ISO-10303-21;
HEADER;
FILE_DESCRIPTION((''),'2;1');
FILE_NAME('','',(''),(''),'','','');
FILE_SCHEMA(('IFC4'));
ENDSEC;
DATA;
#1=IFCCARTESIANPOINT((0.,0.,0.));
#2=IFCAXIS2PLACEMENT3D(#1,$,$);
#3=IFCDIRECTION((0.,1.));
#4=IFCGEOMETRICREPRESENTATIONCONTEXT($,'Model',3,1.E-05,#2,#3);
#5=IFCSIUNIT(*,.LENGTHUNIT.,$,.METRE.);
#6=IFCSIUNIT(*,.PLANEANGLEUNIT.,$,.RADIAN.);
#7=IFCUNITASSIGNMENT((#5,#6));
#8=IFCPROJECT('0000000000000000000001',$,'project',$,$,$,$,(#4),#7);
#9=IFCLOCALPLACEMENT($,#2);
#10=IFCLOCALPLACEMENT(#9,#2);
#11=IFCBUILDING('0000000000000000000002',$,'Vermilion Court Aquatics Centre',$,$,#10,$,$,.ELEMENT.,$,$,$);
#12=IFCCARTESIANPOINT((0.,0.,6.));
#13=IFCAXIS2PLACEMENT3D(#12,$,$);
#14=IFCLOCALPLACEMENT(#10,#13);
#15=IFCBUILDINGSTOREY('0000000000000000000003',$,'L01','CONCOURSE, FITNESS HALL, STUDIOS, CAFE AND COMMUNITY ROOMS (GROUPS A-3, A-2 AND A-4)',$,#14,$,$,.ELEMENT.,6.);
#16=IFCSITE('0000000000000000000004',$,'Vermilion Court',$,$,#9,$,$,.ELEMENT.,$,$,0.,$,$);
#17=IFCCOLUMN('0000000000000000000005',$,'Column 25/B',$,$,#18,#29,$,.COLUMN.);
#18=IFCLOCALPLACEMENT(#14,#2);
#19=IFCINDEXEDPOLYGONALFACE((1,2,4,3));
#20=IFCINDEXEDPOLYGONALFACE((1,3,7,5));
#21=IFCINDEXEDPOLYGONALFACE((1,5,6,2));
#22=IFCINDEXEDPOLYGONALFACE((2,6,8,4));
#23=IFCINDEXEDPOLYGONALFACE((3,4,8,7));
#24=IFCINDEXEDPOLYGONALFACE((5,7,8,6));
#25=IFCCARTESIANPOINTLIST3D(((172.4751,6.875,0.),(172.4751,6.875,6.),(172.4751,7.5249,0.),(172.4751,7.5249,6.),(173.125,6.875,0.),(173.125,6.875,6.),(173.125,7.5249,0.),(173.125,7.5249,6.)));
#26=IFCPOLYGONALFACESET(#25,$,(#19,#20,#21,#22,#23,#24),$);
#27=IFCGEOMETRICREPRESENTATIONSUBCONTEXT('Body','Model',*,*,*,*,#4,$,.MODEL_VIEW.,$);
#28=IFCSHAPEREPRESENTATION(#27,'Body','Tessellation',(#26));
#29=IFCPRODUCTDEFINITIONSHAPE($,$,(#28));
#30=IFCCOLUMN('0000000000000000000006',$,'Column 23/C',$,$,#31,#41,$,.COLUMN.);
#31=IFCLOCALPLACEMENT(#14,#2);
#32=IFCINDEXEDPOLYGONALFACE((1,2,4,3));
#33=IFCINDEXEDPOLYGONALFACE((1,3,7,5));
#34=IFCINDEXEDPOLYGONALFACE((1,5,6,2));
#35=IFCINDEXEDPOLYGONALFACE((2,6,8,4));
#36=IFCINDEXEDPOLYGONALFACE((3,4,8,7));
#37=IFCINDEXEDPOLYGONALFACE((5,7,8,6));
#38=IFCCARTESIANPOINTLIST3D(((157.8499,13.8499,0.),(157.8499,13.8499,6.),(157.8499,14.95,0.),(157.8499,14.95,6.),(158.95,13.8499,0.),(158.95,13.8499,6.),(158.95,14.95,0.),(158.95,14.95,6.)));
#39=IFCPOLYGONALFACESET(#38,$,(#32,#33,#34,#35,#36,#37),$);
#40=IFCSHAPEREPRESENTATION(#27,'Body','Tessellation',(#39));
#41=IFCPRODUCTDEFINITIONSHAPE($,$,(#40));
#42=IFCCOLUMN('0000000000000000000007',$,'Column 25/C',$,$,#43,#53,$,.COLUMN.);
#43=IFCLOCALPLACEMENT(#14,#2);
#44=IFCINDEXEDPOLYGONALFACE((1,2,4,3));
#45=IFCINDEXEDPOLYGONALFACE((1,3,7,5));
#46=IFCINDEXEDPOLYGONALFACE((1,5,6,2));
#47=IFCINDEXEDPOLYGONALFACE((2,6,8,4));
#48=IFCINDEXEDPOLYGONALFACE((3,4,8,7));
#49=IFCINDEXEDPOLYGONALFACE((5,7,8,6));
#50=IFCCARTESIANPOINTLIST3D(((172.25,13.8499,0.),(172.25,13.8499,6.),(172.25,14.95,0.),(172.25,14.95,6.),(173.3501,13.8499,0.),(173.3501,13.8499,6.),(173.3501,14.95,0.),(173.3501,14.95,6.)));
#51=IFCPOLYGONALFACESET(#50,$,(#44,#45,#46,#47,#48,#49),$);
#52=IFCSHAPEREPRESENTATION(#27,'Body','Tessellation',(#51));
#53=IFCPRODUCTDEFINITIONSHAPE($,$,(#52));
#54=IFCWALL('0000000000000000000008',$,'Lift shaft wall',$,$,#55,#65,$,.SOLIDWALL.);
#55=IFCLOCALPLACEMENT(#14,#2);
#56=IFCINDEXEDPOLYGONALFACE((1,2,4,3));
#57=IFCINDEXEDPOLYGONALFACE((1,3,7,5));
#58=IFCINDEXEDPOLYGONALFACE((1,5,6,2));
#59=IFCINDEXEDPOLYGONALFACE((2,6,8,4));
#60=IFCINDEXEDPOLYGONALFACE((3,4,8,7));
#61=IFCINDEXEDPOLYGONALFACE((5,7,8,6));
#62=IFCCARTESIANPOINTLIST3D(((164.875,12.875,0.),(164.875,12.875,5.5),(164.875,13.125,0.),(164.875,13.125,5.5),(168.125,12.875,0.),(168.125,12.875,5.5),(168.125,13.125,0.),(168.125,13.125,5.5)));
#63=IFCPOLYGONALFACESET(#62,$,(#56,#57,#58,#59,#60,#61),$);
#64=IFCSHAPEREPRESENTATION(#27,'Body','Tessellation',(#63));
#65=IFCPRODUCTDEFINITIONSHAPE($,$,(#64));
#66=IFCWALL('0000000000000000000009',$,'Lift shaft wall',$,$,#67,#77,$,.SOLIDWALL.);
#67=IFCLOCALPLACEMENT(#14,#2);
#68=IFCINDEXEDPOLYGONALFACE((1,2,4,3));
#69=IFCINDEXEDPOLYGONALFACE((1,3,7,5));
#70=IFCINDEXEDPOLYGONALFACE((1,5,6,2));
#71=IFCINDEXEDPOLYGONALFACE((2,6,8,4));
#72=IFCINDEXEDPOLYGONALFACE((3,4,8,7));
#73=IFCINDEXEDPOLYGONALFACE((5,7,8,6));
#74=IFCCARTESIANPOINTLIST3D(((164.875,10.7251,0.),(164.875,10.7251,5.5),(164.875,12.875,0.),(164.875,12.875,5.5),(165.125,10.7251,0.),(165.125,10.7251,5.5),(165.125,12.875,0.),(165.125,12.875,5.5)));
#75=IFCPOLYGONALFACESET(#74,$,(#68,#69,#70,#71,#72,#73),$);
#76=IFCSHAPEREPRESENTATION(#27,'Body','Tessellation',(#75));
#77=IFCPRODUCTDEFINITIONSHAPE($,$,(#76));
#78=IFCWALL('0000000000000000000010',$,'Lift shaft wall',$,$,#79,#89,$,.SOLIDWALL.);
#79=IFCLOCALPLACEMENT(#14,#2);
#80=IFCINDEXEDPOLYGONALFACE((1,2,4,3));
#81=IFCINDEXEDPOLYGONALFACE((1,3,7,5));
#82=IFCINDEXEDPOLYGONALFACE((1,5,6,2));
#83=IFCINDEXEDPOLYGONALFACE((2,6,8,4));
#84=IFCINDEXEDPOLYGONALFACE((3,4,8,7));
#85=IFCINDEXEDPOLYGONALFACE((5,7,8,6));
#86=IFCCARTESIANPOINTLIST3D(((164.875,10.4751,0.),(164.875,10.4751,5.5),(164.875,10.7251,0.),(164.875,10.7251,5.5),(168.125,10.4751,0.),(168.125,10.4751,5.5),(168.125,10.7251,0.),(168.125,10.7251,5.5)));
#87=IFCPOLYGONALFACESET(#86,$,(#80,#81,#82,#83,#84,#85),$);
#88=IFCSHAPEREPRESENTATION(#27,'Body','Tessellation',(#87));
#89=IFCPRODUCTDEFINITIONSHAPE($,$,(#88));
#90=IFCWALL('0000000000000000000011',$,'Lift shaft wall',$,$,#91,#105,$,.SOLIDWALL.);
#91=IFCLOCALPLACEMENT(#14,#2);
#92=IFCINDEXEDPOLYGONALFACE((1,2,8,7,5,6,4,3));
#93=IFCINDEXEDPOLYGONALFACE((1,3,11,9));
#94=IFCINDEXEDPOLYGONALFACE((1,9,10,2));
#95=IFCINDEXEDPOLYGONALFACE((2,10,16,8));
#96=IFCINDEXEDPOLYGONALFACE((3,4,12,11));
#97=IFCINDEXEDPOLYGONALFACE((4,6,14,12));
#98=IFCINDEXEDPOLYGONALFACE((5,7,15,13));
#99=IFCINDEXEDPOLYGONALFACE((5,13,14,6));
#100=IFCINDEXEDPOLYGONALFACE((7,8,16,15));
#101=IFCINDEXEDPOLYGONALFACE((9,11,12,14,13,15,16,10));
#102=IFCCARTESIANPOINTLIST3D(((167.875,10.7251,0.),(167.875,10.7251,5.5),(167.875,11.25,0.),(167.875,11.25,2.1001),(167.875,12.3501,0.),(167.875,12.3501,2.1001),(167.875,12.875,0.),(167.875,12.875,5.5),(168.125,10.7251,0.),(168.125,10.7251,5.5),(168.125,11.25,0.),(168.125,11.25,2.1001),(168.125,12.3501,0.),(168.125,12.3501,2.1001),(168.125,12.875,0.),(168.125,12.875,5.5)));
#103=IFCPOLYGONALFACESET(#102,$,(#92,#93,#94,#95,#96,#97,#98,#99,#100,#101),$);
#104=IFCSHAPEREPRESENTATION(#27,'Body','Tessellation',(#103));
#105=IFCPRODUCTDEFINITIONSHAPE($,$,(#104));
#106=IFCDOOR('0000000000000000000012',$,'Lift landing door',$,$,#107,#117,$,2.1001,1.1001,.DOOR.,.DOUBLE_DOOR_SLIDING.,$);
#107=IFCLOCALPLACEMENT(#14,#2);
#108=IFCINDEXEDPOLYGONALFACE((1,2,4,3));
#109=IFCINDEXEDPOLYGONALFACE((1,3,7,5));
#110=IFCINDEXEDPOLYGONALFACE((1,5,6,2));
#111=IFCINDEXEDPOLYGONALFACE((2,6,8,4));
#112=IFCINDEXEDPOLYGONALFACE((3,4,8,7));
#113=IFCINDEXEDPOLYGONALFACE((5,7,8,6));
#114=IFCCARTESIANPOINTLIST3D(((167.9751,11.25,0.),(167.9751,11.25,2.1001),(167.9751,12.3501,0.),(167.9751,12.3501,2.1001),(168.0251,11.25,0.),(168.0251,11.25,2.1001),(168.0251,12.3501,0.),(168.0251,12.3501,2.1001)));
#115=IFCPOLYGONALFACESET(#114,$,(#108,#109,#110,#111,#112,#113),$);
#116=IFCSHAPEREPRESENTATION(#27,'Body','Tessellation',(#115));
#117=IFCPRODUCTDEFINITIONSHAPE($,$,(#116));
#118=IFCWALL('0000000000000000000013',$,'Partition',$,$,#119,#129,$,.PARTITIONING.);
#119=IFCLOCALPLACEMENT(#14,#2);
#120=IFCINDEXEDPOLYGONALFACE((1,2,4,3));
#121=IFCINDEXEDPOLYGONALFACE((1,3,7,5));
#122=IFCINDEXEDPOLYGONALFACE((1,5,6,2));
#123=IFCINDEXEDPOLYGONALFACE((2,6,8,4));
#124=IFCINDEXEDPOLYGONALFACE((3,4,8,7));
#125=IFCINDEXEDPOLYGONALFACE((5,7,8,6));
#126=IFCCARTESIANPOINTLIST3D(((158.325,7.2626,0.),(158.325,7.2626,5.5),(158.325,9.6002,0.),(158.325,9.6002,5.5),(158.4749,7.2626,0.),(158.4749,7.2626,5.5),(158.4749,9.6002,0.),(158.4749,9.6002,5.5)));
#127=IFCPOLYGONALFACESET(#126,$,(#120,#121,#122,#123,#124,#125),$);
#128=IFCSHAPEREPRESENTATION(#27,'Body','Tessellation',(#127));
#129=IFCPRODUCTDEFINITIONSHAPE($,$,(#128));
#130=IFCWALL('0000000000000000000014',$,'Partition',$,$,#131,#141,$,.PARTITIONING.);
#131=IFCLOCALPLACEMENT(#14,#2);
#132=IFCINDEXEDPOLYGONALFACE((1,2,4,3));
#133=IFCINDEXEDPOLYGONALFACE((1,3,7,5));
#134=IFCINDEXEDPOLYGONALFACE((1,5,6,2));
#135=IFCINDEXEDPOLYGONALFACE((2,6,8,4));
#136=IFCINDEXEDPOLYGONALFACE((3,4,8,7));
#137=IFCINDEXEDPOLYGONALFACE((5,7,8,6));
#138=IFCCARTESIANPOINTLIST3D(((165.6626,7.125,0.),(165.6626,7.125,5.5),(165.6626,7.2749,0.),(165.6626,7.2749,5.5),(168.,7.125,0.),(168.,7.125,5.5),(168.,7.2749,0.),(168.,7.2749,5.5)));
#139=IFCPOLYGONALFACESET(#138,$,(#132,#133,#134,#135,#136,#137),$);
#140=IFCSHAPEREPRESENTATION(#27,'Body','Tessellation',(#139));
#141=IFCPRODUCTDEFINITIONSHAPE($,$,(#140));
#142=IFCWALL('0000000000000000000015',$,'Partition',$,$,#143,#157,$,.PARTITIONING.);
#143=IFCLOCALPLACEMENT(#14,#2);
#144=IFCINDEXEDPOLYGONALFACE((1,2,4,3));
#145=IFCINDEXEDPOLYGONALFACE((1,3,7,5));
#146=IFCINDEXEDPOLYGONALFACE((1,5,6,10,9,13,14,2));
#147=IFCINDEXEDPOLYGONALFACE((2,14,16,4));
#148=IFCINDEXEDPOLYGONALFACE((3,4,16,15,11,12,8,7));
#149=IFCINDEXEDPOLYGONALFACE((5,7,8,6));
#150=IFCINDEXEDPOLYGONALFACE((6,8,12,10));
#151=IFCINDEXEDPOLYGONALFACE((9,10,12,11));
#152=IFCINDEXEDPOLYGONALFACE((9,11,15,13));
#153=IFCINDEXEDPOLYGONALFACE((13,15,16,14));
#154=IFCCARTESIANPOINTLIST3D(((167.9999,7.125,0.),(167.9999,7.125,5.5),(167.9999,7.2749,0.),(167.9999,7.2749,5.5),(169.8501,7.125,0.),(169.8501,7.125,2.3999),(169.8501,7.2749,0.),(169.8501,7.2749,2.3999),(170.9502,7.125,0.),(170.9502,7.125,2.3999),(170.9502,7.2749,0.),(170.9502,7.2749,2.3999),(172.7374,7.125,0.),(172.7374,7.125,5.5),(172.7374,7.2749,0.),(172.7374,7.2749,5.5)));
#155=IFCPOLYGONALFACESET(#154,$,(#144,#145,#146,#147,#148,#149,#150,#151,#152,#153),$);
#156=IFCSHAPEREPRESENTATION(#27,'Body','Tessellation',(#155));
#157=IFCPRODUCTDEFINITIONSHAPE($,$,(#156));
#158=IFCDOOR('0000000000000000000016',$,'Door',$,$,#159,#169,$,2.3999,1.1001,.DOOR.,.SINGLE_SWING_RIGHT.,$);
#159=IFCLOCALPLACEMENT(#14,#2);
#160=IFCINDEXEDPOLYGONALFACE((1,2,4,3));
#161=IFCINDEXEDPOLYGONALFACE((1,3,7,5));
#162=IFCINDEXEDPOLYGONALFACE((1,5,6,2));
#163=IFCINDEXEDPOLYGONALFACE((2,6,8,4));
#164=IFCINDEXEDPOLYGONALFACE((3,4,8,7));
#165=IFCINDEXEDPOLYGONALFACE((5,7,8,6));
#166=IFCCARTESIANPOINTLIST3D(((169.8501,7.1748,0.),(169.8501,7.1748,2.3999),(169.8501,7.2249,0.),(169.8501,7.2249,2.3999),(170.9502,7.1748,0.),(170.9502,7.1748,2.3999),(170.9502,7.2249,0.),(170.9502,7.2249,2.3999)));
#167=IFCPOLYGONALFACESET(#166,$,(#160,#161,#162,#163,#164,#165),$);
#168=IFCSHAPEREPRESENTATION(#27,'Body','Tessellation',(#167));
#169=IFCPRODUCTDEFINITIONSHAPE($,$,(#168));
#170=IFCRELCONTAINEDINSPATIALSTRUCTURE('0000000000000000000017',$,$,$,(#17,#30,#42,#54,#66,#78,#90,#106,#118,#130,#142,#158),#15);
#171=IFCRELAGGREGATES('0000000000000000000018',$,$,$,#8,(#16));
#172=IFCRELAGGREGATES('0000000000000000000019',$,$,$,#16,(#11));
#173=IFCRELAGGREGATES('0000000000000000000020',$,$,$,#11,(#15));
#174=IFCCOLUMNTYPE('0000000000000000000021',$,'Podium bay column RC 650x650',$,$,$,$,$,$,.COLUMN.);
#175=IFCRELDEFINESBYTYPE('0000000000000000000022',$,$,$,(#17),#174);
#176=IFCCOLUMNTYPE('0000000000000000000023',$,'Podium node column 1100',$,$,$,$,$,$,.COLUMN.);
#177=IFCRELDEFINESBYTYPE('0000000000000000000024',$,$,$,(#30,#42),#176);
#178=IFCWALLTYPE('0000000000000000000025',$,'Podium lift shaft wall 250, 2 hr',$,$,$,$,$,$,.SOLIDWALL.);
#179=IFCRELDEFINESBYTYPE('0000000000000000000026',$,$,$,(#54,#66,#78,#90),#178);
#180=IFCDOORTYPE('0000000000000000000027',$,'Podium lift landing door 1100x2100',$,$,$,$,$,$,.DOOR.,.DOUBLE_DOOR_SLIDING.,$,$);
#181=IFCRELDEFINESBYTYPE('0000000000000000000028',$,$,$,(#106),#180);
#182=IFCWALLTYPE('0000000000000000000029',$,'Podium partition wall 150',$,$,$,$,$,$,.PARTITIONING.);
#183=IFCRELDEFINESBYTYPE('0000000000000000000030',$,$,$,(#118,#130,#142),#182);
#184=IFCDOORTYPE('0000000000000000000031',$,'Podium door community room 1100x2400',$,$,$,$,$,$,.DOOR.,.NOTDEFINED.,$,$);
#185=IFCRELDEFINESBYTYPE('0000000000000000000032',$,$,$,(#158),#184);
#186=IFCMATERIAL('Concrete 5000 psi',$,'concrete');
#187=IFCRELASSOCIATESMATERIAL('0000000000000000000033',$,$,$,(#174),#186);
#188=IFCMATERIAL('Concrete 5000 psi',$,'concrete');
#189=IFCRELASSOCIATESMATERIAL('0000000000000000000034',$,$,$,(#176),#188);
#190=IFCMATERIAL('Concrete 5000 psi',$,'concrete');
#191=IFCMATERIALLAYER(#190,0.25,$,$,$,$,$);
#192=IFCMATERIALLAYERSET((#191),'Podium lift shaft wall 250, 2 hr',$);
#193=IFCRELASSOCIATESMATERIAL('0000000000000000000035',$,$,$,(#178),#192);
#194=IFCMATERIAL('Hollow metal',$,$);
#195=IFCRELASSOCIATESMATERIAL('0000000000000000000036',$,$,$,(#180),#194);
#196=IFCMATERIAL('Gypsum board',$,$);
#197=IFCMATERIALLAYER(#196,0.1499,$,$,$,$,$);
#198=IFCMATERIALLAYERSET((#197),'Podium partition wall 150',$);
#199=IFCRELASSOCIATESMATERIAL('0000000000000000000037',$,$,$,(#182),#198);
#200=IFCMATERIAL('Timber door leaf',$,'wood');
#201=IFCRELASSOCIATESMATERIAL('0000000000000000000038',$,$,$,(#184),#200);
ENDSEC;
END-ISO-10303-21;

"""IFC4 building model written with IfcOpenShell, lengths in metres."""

from ifc_helpers import new_model, si_unit, direction, frame, frame_2d, origin, origin_2d, place, context, subcontext, project, spatial, rectangle, extrude, material, layer, layer_set, material_profile, profile_set, type_object, element, fill, save


model = new_model("IFC4")

# Units and contexts
model_context = context("Model", 3, precision=1e-05, world=origin(), true_north=direction((0.0, 1.0)))
body_context = subcontext(model_context, "Body", "Model", "MODEL_VIEW")
ifc_project = project(units=[si_unit("LENGTHUNIT", "METRE"), si_unit("PLANEANGLEUNIT", "RADIAN")], contexts=[model_context])

# Site, building, storey
site_placement = place(None, origin())
site = spatial("IfcSite", under=ifc_project, at=site_placement, Name="Vermilion Court", CompositionType="ELEMENT", RefElevation=0.0)
building_placement = place(site_placement, origin())
building = spatial("IfcBuilding", under=site, at=building_placement, Name="Vermilion Court Aquatics Centre", CompositionType="ELEMENT")
storey_placement = place(building_placement, frame((0.0, 0.0, 6.0)))
storey = spatial("IfcBuildingStorey", under=building, at=storey_placement, Name="L01", Description="CONCOURSE, FITNESS HALL, STUDIOS, CAFE AND COMMUNITY ROOMS (GROUPS A-3, A-2 AND A-4)", CompositionType="ELEMENT", Elevation=6.0)

# Columns
ifc_material_1 = material(Name="Concrete 5000 psi", Category="concrete")
ifc_material_profile_1 = material_profile(ifc_material_1, rectangle(XDim=0.6499, YDim=0.6499, at=origin_2d()), Name="RC 650x650")
ifc_profile_set_1 = profile_set([ifc_material_profile_1], Name="Concrete 5000 psi")
column_type_1 = type_object("IfcColumnType", Name="Podium bay column RC 650x650", PredefinedType="COLUMN", material=ifc_profile_set_1)
column_placement = place(storey_placement, frame((172.8, 7.2, 0.0), z_axis=(0.0, 0.0, 1.0), x_axis=(1.0, 0.0, 0.0)))
element("IfcColumn", 1, at=column_placement, inside=storey, type_object=column_type_1, Name="Column 25/B", PredefinedType="COLUMN", context=body_context, shape_type="SweptSolid", body=[
    extrude(rectangle(XDim=0.6499, YDim=0.6499, at=origin_2d()), origin(), (0.0, 0.0, 1.0), 6.0),
])
ifc_material_2 = material(Name="Concrete 5000 psi", Category="concrete")
ifc_material_profile_2 = material_profile(ifc_material_2, rectangle(XDim=1.1001, YDim=1.1001, at=origin_2d()), Name="RC 1100x1100")
ifc_profile_set_2 = profile_set([ifc_material_profile_2], Name="Concrete 5000 psi")
column_type_2 = type_object("IfcColumnType", Name="Podium node column 1100", PredefinedType="COLUMN", material=ifc_profile_set_2)
for number, where, z_axis, x_axis, name in (
    (2, (158.3999, 14.3999, 0.0), (0.0, 0.0, 1.0), (1.0, 0.0, 0.0), "Column 23/C"),
    (3, (172.8, 14.3999, 0.0), (0.0, 0.0, 1.0), (1.0, 0.0, 0.0), "Column 25/C"),
):
    element("IfcColumn", number, at=place(storey_placement, frame(where, z_axis=z_axis, x_axis=x_axis)), inside=storey, type_object=column_type_2, Name=name, PredefinedType="COLUMN", context=body_context, shape_type="SweptSolid", body=[
        extrude(rectangle(XDim=1.1001, YDim=1.1001, at=origin_2d()), origin(), (0.0, 0.0, 1.0), 6.0),
    ])

# Walls
ifc_material_3 = material(Name="Concrete 5000 psi", Category="concrete")
ifc_layer_1 = layer(ifc_material_3, 0.25)
ifc_layer_set_1 = layer_set([ifc_layer_1], Name="Podium lift shaft wall 250, 2 hr")
wall_type_1 = type_object("IfcWallType", Name="Podium lift shaft wall 250, 2 hr", PredefinedType="SOLIDWALL", material=ifc_layer_set_1)
wall_1_placement = place(storey_placement, frame((164.875, 13.0, 0.0), z_axis=(0.0, 0.0, 1.0), x_axis=(1.0, 0.0, 0.0)))
element("IfcWall", 4, at=wall_1_placement, inside=storey, type_object=wall_type_1, Name="Lift shaft wall", PredefinedType="SOLIDWALL", context=body_context, shape_type="SweptSolid", body=[
    extrude(rectangle(XDim=3.25, YDim=0.25, at=frame_2d((1.625, 0.0))), origin(), (0.0, 0.0, 1.0), 5.5),
])
wall_2_placement = place(storey_placement, frame((165.0, 10.7251, 0.0), z_axis=(0.0, 0.0, 1.0), x_axis=(0.0, 1.0, 0.0)))
element("IfcWall", 5, at=wall_2_placement, inside=storey, type_object=wall_type_1, Name="Lift shaft wall", PredefinedType="SOLIDWALL", context=body_context, shape_type="SweptSolid", body=[
    extrude(rectangle(XDim=2.1499, YDim=0.25, at=frame_2d((1.075, 0.0))), origin(), (0.0, 0.0, 1.0), 5.5),
])
wall_3_placement = place(storey_placement, frame((164.875, 10.6001, 0.0), z_axis=(0.0, 0.0, 1.0), x_axis=(1.0, 0.0, 0.0)))
element("IfcWall", 6, at=wall_3_placement, inside=storey, type_object=wall_type_1, Name="Lift shaft wall", PredefinedType="SOLIDWALL", context=body_context, shape_type="SweptSolid", body=[
    extrude(rectangle(XDim=3.25, YDim=0.25, at=frame_2d((1.625, 0.0))), origin(), (0.0, 0.0, 1.0), 5.5),
])

# Wall, opening, door
wall_4_placement = place(storey_placement, frame((168.0, 10.7251, 0.0), z_axis=(0.0, 0.0, 1.0), x_axis=(0.0, 1.0, 0.0)))
wall_4 = element("IfcWall", 7, at=wall_4_placement, inside=storey, type_object=wall_type_1, Name="Lift shaft wall", PredefinedType="SOLIDWALL", context=body_context, shape_type="SweptSolid", body=[
    extrude(rectangle(XDim=2.1499, YDim=0.25, at=frame_2d((1.075, 0.0))), origin(), (0.0, 0.0, 1.0), 5.5),
])
opening_1_placement = place(wall_4_placement, frame((0.5249, 0.0, 0.0)))
opening_1 = element("IfcOpeningElement", 8, at=opening_1_placement, cuts=wall_4, PredefinedType="OPENING", context=body_context, shape_type="SweptSolid", body=[
    extrude(rectangle(XDim=1.1001, YDim=2.1001, at=frame_2d((0.55, 1.05))), frame((0.0, 0.135, 0.0), z_axis=(0.0, -1.0, 0.0), x_axis=(1.0, 0.0, 0.0)), (0.0, 0.0, 1.0), 0.27),
])
ifc_material_4 = material(Name="Hollow metal")
door_type_1 = type_object("IfcDoorType", Name="Podium lift landing door 1100x2100", OperationType="DOUBLE_DOOR_SLIDING", PredefinedType="DOOR", material=ifc_material_4)
door_1_placement = place(opening_1_placement, origin())
door_1 = element("IfcDoor", 9, at=door_1_placement, inside=storey, type_object=door_type_1, Name="Lift landing door", OperationType="DOUBLE_DOOR_SLIDING", OverallHeight=2.1001, OverallWidth=1.1001, PredefinedType="DOOR", context=body_context, shape_type="SweptSolid", body=[
    extrude(rectangle(XDim=1.1001, YDim=2.1001, at=frame_2d((0.55, 1.05))), frame((0.0, 0.0249, 0.0), z_axis=(0.0, -1.0, 0.0), x_axis=(1.0, 0.0, 0.0)), (0.0, 0.0, 1.0), 0.05),
])
fill(opening_1, door_1)

# Walls
ifc_material_5 = material(Name="Gypsum board")
ifc_layer_2 = layer(ifc_material_5, 0.1499)
ifc_layer_set_2 = layer_set([ifc_layer_2], Name="Podium partition wall 150")
wall_type_2 = type_object("IfcWallType", Name="Podium partition wall 150", PredefinedType="PARTITIONING", material=ifc_layer_set_2)
wall_5_placement = place(storey_placement, frame((158.3999, 7.2625, 0.0), z_axis=(0.0, 0.0, 1.0), x_axis=(0.0, 1.0, 0.0)))
element("IfcWall", 10, at=wall_5_placement, inside=storey, type_object=wall_type_2, Name="Partition", PredefinedType="PARTITIONING", context=body_context, shape_type="SweptSolid", body=[
    extrude(rectangle(XDim=2.3376, YDim=0.1499, at=frame_2d((1.1689, 0.0))), origin(), (0.0, 0.0, 1.0), 5.5),
])
wall_6_placement = place(storey_placement, frame((165.6626, 7.2, 0.0), z_axis=(0.0, 0.0, 1.0), x_axis=(1.0, 0.0, 0.0)))
element("IfcWall", 11, at=wall_6_placement, inside=storey, type_object=wall_type_2, Name="Partition", PredefinedType="PARTITIONING", context=body_context, shape_type="SweptSolid", body=[
    extrude(rectangle(XDim=2.3374, YDim=0.1499, at=frame_2d((1.1687, 0.0))), origin(), (0.0, 0.0, 1.0), 5.5),
])

# Wall, opening, door
wall_7_placement = place(storey_placement, frame((168.0, 7.2, 0.0), z_axis=(0.0, 0.0, 1.0), x_axis=(1.0, 0.0, 0.0)))
wall_7 = element("IfcWall", 12, at=wall_7_placement, inside=storey, type_object=wall_type_2, Name="Partition", PredefinedType="PARTITIONING", context=body_context, shape_type="SweptSolid", body=[
    extrude(rectangle(XDim=4.7375, YDim=0.1499, at=frame_2d((2.3687, 0.0))), origin(), (0.0, 0.0, 1.0), 5.5),
])
opening_2_placement = place(wall_7_placement, frame((1.8501, 0.0, 0.0)))
opening_2 = element("IfcOpeningElement", 13, at=opening_2_placement, cuts=wall_7, PredefinedType="OPENING", context=body_context, shape_type="SweptSolid", body=[
    extrude(rectangle(XDim=1.1001, YDim=2.3999, at=frame_2d((0.55, 1.2))), frame((0.0, 0.085, 0.0), z_axis=(0.0, -1.0, 0.0), x_axis=(1.0, 0.0, 0.0)), (0.0, 0.0, 1.0), 0.1699),
])
ifc_material_6 = material(Name="Timber door leaf", Category="wood")
door_type_2 = type_object("IfcDoorType", Name="Podium door community room 1100x2400", OperationType="NOTDEFINED", PredefinedType="DOOR", material=ifc_material_6)
door_2_placement = place(opening_2_placement, frame((1.1001, 0.0, 0.0), z_axis=(0.0, 0.0, 1.0), x_axis=(-1.0, 0.0, 0.0)))
door_2 = element("IfcDoor", 14, at=door_2_placement, inside=storey, type_object=door_type_2, Name="Door", OperationType="SINGLE_SWING_RIGHT", OverallHeight=2.3999, OverallWidth=1.1001, PredefinedType="DOOR", context=body_context, shape_type="SweptSolid", body=[
    extrude(rectangle(XDim=1.1001, YDim=2.3999, at=frame_2d((0.55, 1.2))), frame((0.0, 0.0251, 0.0), z_axis=(0.0, -1.0, 0.0), x_axis=(1.0, 0.0, 0.0)), (0.0, 0.0, 1.0), 0.05),
])
fill(opening_2, door_2)

save(model, "model.ifc")
